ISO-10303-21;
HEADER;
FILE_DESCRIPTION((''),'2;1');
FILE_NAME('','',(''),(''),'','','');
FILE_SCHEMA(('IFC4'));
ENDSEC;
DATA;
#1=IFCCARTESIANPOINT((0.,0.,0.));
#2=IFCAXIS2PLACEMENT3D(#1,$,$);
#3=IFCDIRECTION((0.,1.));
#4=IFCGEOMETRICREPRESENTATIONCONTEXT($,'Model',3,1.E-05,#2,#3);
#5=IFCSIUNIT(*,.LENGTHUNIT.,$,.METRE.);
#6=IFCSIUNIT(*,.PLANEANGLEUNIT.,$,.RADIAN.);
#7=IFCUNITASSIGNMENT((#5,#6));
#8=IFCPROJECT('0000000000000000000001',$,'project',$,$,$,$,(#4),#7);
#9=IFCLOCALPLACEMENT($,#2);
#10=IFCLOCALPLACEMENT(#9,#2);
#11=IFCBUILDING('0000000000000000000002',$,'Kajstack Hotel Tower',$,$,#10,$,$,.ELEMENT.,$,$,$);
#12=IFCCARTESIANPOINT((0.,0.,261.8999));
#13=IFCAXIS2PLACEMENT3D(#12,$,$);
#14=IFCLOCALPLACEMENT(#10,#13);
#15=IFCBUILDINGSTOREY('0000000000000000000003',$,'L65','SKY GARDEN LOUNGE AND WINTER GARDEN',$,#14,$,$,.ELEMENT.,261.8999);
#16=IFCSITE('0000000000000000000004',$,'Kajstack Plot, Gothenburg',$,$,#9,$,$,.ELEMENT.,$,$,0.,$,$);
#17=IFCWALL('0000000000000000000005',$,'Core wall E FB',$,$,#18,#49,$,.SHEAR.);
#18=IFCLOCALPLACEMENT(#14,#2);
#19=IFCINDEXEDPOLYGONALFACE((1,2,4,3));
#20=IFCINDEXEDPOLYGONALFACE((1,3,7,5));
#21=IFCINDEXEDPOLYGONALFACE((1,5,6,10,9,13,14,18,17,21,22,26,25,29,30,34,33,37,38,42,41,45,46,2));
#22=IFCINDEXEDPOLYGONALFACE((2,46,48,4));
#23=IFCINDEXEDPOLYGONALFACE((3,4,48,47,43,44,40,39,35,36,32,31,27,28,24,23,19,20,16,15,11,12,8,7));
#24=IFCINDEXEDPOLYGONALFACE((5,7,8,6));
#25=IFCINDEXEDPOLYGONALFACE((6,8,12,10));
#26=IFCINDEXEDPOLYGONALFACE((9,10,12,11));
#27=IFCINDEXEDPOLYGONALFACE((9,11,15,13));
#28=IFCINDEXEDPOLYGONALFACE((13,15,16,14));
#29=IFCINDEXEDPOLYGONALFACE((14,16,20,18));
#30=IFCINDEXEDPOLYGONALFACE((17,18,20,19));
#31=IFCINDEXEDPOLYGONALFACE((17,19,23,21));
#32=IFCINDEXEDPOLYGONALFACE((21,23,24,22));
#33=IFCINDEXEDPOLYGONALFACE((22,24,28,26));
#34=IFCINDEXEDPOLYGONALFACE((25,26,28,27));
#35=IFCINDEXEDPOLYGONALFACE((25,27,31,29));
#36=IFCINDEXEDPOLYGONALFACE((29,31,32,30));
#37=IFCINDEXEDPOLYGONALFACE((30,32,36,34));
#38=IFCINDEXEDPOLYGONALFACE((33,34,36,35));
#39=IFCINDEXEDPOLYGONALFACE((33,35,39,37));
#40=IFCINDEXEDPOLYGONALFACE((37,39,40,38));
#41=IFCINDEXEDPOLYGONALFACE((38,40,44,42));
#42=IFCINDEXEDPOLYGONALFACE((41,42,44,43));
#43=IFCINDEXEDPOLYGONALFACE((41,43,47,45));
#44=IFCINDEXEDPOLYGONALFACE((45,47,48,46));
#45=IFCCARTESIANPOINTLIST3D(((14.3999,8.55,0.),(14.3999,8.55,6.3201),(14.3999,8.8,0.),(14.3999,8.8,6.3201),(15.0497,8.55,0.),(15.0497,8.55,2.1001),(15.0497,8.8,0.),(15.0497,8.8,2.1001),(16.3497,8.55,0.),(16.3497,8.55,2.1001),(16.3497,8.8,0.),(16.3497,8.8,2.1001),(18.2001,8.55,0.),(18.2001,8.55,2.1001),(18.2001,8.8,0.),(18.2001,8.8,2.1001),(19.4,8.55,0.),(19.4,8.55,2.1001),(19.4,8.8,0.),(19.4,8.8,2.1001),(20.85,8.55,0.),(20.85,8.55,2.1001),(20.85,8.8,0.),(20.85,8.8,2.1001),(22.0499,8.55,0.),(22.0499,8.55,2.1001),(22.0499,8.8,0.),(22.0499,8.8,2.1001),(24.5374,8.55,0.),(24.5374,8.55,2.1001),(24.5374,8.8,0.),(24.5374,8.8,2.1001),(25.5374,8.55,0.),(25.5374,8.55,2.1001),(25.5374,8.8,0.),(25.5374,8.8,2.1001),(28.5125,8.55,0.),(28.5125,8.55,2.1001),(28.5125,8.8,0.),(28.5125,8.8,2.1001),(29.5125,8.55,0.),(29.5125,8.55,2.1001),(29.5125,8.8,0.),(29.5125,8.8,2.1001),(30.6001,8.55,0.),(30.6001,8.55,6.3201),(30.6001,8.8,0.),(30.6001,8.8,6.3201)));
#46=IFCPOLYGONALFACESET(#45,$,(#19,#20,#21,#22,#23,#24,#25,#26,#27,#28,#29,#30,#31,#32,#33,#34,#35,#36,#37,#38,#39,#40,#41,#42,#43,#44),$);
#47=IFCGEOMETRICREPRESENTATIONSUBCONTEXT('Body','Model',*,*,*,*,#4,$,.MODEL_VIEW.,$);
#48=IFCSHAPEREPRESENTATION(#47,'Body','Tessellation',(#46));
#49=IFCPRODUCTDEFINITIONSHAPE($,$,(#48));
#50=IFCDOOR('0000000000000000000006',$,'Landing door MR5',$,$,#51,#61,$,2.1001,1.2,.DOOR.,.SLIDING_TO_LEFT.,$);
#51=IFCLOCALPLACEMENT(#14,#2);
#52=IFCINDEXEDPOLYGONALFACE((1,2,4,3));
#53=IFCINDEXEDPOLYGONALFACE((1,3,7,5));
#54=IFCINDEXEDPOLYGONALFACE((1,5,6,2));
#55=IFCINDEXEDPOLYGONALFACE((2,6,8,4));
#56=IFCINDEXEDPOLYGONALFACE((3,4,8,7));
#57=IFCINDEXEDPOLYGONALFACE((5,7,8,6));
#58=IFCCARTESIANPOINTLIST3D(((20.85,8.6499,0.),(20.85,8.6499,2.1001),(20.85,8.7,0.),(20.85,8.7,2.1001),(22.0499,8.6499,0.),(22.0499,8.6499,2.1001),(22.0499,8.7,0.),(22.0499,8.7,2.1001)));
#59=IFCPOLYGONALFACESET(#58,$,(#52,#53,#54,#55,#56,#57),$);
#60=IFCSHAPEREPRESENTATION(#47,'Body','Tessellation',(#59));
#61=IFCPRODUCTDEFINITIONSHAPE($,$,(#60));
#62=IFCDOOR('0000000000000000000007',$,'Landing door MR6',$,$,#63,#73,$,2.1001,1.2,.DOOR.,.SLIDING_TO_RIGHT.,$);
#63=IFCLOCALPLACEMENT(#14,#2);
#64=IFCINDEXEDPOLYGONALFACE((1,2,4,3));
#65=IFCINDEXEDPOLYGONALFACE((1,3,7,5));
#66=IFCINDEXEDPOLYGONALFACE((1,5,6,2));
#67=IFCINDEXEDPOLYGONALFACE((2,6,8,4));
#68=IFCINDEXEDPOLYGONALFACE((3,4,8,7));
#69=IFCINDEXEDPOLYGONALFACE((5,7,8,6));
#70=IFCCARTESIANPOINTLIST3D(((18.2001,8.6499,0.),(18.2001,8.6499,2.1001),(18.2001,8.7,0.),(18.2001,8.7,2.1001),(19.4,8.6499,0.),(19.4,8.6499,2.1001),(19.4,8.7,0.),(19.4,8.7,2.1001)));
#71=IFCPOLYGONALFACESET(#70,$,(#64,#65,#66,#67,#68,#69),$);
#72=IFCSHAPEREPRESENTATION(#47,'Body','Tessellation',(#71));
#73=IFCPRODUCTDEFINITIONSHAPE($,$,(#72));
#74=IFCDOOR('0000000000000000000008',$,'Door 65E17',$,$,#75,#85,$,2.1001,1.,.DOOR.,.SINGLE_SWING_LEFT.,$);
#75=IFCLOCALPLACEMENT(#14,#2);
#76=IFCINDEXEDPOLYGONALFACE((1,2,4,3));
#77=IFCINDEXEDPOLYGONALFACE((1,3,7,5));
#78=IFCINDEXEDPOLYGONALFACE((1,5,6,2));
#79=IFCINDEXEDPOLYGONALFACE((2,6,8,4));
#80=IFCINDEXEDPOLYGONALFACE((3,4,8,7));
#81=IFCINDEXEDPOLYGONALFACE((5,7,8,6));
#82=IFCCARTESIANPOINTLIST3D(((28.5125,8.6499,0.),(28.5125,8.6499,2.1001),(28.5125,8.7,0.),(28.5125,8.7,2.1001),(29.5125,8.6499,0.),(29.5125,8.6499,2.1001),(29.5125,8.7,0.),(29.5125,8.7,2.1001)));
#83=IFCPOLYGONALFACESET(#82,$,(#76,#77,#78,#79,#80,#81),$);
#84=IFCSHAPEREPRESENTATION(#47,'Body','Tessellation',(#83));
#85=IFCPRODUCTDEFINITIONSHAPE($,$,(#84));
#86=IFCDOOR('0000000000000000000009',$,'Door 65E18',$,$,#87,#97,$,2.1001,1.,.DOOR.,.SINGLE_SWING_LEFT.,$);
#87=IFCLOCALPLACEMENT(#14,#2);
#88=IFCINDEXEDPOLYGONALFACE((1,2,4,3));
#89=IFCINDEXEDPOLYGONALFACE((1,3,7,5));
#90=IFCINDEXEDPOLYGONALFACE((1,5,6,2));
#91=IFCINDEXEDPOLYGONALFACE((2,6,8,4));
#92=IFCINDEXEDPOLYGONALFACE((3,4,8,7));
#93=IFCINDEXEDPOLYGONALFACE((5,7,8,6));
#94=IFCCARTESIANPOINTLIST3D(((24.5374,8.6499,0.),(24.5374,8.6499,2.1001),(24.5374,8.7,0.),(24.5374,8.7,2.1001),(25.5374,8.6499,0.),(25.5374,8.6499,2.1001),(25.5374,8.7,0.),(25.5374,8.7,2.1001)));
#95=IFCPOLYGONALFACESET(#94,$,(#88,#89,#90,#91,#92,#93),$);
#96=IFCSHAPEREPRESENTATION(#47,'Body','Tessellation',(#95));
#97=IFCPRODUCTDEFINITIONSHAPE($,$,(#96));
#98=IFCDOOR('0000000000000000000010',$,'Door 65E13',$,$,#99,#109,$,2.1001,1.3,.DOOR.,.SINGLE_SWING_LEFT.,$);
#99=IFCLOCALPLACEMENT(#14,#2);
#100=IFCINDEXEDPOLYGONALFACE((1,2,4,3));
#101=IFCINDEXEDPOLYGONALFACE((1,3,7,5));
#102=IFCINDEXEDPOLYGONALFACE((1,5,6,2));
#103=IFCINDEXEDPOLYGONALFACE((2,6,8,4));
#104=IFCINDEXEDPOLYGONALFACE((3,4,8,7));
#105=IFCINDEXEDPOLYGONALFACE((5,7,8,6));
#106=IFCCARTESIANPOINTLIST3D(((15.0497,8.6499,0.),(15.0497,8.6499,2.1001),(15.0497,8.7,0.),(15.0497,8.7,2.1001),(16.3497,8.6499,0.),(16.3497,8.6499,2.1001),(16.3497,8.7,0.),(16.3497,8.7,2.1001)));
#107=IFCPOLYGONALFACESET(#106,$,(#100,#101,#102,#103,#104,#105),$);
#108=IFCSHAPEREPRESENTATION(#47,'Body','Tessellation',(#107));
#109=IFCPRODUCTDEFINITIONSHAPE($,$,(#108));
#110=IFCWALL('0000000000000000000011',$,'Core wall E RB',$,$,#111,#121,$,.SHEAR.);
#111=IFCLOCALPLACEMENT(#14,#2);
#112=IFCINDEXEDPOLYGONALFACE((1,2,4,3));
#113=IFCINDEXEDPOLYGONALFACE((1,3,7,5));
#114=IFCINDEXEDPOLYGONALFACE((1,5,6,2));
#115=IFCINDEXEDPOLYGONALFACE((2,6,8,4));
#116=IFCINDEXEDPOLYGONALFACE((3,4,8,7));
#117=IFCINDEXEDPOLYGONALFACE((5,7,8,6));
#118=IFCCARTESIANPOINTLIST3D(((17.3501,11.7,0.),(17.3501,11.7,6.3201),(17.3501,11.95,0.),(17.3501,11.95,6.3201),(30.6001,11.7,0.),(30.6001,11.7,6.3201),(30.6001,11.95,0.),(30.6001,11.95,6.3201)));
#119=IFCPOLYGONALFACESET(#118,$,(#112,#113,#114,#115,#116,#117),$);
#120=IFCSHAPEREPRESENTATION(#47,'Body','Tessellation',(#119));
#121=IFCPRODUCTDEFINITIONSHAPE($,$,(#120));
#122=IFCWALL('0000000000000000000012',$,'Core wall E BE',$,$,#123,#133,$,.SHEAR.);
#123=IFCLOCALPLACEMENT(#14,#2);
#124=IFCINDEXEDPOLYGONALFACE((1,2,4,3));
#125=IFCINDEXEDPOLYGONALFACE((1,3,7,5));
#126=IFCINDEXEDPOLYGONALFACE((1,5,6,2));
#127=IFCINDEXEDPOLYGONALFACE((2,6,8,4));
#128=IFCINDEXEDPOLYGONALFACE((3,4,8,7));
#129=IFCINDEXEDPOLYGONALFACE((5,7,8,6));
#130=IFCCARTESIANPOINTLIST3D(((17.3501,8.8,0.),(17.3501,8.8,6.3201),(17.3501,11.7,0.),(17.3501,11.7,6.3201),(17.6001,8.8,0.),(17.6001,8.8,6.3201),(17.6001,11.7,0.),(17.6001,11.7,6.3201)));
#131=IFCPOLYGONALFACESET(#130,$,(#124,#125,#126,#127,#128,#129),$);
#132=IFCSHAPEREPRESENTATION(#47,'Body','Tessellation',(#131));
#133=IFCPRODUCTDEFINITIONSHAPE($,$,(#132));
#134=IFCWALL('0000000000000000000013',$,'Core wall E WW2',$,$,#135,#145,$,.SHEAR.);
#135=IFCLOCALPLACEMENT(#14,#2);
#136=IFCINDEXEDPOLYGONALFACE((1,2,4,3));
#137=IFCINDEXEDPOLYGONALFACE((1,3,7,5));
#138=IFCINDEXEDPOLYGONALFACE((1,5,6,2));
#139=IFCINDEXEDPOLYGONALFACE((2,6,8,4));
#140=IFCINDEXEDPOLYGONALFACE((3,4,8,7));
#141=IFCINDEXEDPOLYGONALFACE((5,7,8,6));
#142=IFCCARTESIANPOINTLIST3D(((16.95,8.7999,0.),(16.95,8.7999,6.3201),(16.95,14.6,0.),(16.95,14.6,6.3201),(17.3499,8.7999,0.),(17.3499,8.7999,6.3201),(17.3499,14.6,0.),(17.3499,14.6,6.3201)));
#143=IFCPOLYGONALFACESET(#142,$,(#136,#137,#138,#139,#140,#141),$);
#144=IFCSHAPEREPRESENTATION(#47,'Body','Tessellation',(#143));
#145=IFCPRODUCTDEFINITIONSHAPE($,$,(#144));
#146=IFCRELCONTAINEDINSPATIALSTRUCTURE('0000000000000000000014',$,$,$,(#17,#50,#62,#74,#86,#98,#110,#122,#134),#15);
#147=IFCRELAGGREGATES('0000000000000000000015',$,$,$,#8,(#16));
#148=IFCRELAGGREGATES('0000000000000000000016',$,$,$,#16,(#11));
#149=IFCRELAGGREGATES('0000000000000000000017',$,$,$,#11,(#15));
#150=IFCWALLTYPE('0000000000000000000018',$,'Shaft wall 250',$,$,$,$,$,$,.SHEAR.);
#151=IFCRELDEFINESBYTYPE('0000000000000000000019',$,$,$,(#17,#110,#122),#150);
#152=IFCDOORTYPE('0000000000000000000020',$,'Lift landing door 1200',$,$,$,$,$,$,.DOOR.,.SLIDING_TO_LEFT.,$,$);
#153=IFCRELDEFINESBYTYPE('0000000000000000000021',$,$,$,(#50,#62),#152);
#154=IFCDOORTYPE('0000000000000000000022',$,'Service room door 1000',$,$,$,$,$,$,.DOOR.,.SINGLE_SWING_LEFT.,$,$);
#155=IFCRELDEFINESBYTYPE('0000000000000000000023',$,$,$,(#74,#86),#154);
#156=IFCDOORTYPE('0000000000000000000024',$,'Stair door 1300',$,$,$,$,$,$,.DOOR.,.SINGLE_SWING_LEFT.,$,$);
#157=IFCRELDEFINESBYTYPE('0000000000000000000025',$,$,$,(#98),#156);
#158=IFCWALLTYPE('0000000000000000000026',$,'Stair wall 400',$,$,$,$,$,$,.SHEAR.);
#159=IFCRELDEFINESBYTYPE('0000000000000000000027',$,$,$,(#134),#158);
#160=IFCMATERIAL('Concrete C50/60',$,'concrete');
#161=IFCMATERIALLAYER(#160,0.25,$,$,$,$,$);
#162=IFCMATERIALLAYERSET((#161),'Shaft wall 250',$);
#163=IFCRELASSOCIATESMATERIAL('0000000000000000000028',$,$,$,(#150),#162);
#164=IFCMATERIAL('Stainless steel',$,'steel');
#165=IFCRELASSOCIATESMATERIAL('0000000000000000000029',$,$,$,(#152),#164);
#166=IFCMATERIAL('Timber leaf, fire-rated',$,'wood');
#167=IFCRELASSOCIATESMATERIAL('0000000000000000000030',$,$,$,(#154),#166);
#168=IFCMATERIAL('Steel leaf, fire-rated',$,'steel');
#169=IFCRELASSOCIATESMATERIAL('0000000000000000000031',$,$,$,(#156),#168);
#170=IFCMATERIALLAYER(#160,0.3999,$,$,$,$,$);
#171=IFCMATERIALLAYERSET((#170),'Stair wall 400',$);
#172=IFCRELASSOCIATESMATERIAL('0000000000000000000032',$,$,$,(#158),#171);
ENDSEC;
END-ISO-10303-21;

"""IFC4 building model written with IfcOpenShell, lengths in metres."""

from ifc_helpers import new_model, si_unit, direction, frame, frame_2d, origin, place, context, subcontext, project, spatial, rectangle, extrude, material, layer, layer_set, type_object, element, fill, save


model = new_model("IFC4")

# Units and contexts
model_context = context("Model", 3, precision=1e-05, world=origin(), true_north=direction((0.0, 1.0)))
body_context = subcontext(model_context, "Body", "Model", "MODEL_VIEW")
ifc_project = project(units=[si_unit("LENGTHUNIT", "METRE"), si_unit("PLANEANGLEUNIT", "RADIAN")], contexts=[model_context])

# Site, building, storey
site_placement = place(None, origin())
site = spatial("IfcSite", under=ifc_project, at=site_placement, Name="Kajstack Plot, Gothenburg", CompositionType="ELEMENT", RefElevation=0.0)
building_placement = place(site_placement, origin())
building = spatial("IfcBuilding", under=site, at=building_placement, Name="Kajstack Hotel Tower", CompositionType="ELEMENT")
storey_placement = place(building_placement, frame((0.0, 0.0, 261.8999)))
storey = spatial("IfcBuildingStorey", under=building, at=storey_placement, Name="L65", Description="SKY GARDEN LOUNGE AND WINTER GARDEN", CompositionType="ELEMENT", Elevation=261.8999)

# Shared definitions
ifc_material_1 = material(Name="Concrete C50/60", Category="concrete")

# Shared definitions
ifc_layer_1 = layer(ifc_material_1, 0.25)
ifc_layer_set_1 = layer_set([ifc_layer_1], Name="Shaft wall 250")
wall_type_1 = type_object("IfcWallType", Name="Shaft wall 250", PredefinedType="SHEAR", material=ifc_layer_set_1)
ifc_material_2 = material(Name="Stainless steel", Category="steel")
door_type_1 = type_object("IfcDoorType", Name="Lift landing door 1200", OperationType="SLIDING_TO_LEFT", PredefinedType="DOOR", material=ifc_material_2)

# Wall, openings, doors
wall_1_placement = place(storey_placement, frame((14.3999, 8.675, 0.0), z_axis=(0.0, 0.0, 1.0), x_axis=(1.0, 0.0, 0.0)))
wall_1 = element("IfcWall", 1, at=wall_1_placement, inside=storey, type_object=wall_type_1, Name="Core wall E FB", PredefinedType="SHEAR", context=body_context, shape_type="SweptSolid", body=[
    extrude(rectangle(XDim=16.2002, YDim=0.25, at=frame_2d((8.1001, 0.0))), origin(), (0.0, 0.0, 1.0), 6.3201),
])
opening_1_placement = place(wall_1_placement, frame((6.45, 0.0, 0.0)))
opening_1 = element("IfcOpeningElement", 2, at=opening_1_placement, cuts=wall_1, PredefinedType="OPENING", context=body_context, shape_type="SweptSolid", body=[
    extrude(rectangle(XDim=1.2, YDim=2.1001, at=frame_2d((0.6001, 1.05))), frame((0.0, 0.135, 0.0), z_axis=(0.0, -1.0, 0.0), x_axis=(1.0, 0.0, 0.0)), (0.0, 0.0, 1.0), 0.27),
])
opening_2_placement = place(wall_1_placement, frame((3.8, 0.0, 0.0)))
opening_2 = element("IfcOpeningElement", 3, at=opening_2_placement, cuts=wall_1, PredefinedType="OPENING", context=body_context, shape_type="SweptSolid", body=[
    extrude(rectangle(XDim=1.2, YDim=2.1001, at=frame_2d((0.6001, 1.05))), frame((0.0, 0.135, 0.0), z_axis=(0.0, -1.0, 0.0), x_axis=(1.0, 0.0, 0.0)), (0.0, 0.0, 1.0), 0.27),
])
opening_3_placement = place(wall_1_placement, frame((0.6499, 0.0, 0.0)))
opening_3 = element("IfcOpeningElement", 4, at=opening_3_placement, cuts=wall_1, PredefinedType="OPENING", context=body_context, shape_type="SweptSolid", body=[
    extrude(rectangle(XDim=1.3, YDim=2.1001, at=frame_2d((0.6499, 1.05))), frame((0.0, 0.135, 0.0), z_axis=(0.0, -1.0, 0.0), x_axis=(1.0, 0.0, 0.0)), (0.0, 0.0, 1.0), 0.27),
])
opening_4_placement = place(wall_1_placement, frame((14.1125, 0.0, 0.0)))
opening_4 = element("IfcOpeningElement", 5, at=opening_4_placement, cuts=wall_1, PredefinedType="OPENING", context=body_context, shape_type="SweptSolid", body=[
    extrude(rectangle(XDim=1.0, YDim=2.1001, at=frame_2d((0.5, 1.05))), frame((0.0, 0.135, 0.0), z_axis=(0.0, -1.0, 0.0), x_axis=(1.0, 0.0, 0.0)), (0.0, 0.0, 1.0), 0.27),
])
opening_5_placement = place(wall_1_placement, frame((10.1375, 0.0, 0.0)))
opening_5 = element("IfcOpeningElement", 6, at=opening_5_placement, cuts=wall_1, PredefinedType="OPENING", context=body_context, shape_type="SweptSolid", body=[
    extrude(rectangle(XDim=1.0, YDim=2.1001, at=frame_2d((0.5, 1.05))), frame((0.0, 0.135, 0.0), z_axis=(0.0, -1.0, 0.0), x_axis=(1.0, 0.0, 0.0)), (0.0, 0.0, 1.0), 0.27),
])
door_1_placement = place(opening_1_placement, origin())
door_1 = element("IfcDoor", 7, at=door_1_placement, inside=storey, type_object=door_type_1, Name="Landing door MR5", OperationType="SLIDING_TO_LEFT", OverallHeight=2.1001, OverallWidth=1.2, PredefinedType="DOOR", context=body_context, shape_type="SweptSolid", body=[
    extrude(rectangle(XDim=1.2, YDim=2.1001, at=frame_2d((0.6001, 1.05))), frame((0.0, 0.0249, 0.0), z_axis=(0.0, -1.0, 0.0), x_axis=(1.0, 0.0, 0.0)), (0.0, 0.0, 1.0), 0.05),
])
fill(opening_1, door_1)
door_2_placement = place(opening_2_placement, origin())
door_2 = element("IfcDoor", 8, at=door_2_placement, inside=storey, type_object=door_type_1, Name="Landing door MR6", OperationType="SLIDING_TO_RIGHT", OverallHeight=2.1001, OverallWidth=1.2, PredefinedType="DOOR", context=body_context, shape_type="SweptSolid", body=[
    extrude(rectangle(XDim=1.2, YDim=2.1001, at=frame_2d((0.6001, 1.05))), frame((0.0, 0.0249, 0.0), z_axis=(0.0, -1.0, 0.0), x_axis=(1.0, 0.0, 0.0)), (0.0, 0.0, 1.0), 0.05),
])
fill(opening_2, door_2)
ifc_material_3 = material(Name="Timber leaf, fire-rated", Category="wood")
door_type_2 = type_object("IfcDoorType", Name="Service room door 1000", OperationType="SINGLE_SWING_LEFT", PredefinedType="DOOR", material=ifc_material_3)
door_3_placement = place(opening_4_placement, origin())
door_3 = element("IfcDoor", 9, at=door_3_placement, inside=storey, type_object=door_type_2, Name="Door 65E17", OperationType="SINGLE_SWING_LEFT", OverallHeight=2.1001, OverallWidth=1.0, PredefinedType="DOOR", context=body_context, shape_type="SweptSolid", body=[
    extrude(rectangle(XDim=1.0, YDim=2.1001, at=frame_2d((0.5, 1.05))), frame((0.0, 0.0249, 0.0), z_axis=(0.0, -1.0, 0.0), x_axis=(1.0, 0.0, 0.0)), (0.0, 0.0, 1.0), 0.05),
])
fill(opening_4, door_3)
door_4_placement = place(opening_5_placement, origin())
door_4 = element("IfcDoor", 10, at=door_4_placement, inside=storey, type_object=door_type_2, Name="Door 65E18", OperationType="SINGLE_SWING_LEFT", OverallHeight=2.1001, OverallWidth=1.0, PredefinedType="DOOR", context=body_context, shape_type="SweptSolid", body=[
    extrude(rectangle(XDim=1.0, YDim=2.1001, at=frame_2d((0.5, 1.05))), frame((0.0, 0.0249, 0.0), z_axis=(0.0, -1.0, 0.0), x_axis=(1.0, 0.0, 0.0)), (0.0, 0.0, 1.0), 0.05),
])
fill(opening_5, door_4)
ifc_material_4 = material(Name="Steel leaf, fire-rated", Category="steel")
door_type_3 = type_object("IfcDoorType", Name="Stair door 1300", OperationType="SINGLE_SWING_LEFT", PredefinedType="DOOR", material=ifc_material_4)
door_5_placement = place(opening_3_placement, origin())
door_5 = element("IfcDoor", 11, at=door_5_placement, inside=storey, type_object=door_type_3, Name="Door 65E13", OperationType="SINGLE_SWING_LEFT", OverallHeight=2.1001, OverallWidth=1.3, PredefinedType="DOOR", context=body_context, shape_type="SweptSolid", body=[
    extrude(rectangle(XDim=1.3, YDim=2.1001, at=frame_2d((0.6499, 1.05))), frame((0.0, 0.0249, 0.0), z_axis=(0.0, -1.0, 0.0), x_axis=(1.0, 0.0, 0.0)), (0.0, 0.0, 1.0), 0.05),
])
fill(opening_3, door_5)

# Walls
wall_2_placement = place(storey_placement, frame((17.3501, 11.825, 0.0), z_axis=(0.0, 0.0, 1.0), x_axis=(1.0, 0.0, 0.0)))
element("IfcWall", 12, at=wall_2_placement, inside=storey, type_object=wall_type_1, Name="Core wall E RB", PredefinedType="SHEAR", context=body_context, shape_type="SweptSolid", body=[
    extrude(rectangle(XDim=13.25, YDim=0.25, at=frame_2d((6.625, 0.0))), origin(), (0.0, 0.0, 1.0), 6.3201),
])
wall_3_placement = place(storey_placement, frame((17.4751, 8.8, 0.0), z_axis=(0.0, 0.0, 1.0), x_axis=(0.0, 1.0, 0.0)))
element("IfcWall", 13, at=wall_3_placement, inside=storey, type_object=wall_type_1, Name="Core wall E BE", PredefinedType="SHEAR", context=body_context, shape_type="SweptSolid", body=[
    extrude(rectangle(XDim=2.8999, YDim=0.25, at=frame_2d((1.45, 0.0))), origin(), (0.0, 0.0, 1.0), 6.3201),
])
ifc_layer_2 = layer(ifc_material_1, 0.3999)
ifc_layer_set_2 = layer_set([ifc_layer_2], Name="Stair wall 400")
wall_type_2 = type_object("IfcWallType", Name="Stair wall 400", PredefinedType="SHEAR", material=ifc_layer_set_2)
wall_4_placement = place(storey_placement, frame((17.1499, 8.8, 0.0), z_axis=(0.0, 0.0, 1.0), x_axis=(0.0, 1.0, 0.0)))
element("IfcWall", 14, at=wall_4_placement, inside=storey, type_object=wall_type_2, Name="Core wall E WW2", PredefinedType="SHEAR", context=body_context, shape_type="SweptSolid", body=[
    extrude(rectangle(XDim=5.8, YDim=0.3999, at=frame_2d((2.8999, 0.0))), origin(), (0.0, 0.0, 1.0), 6.3201),
])

save(model, "model.ifc")
